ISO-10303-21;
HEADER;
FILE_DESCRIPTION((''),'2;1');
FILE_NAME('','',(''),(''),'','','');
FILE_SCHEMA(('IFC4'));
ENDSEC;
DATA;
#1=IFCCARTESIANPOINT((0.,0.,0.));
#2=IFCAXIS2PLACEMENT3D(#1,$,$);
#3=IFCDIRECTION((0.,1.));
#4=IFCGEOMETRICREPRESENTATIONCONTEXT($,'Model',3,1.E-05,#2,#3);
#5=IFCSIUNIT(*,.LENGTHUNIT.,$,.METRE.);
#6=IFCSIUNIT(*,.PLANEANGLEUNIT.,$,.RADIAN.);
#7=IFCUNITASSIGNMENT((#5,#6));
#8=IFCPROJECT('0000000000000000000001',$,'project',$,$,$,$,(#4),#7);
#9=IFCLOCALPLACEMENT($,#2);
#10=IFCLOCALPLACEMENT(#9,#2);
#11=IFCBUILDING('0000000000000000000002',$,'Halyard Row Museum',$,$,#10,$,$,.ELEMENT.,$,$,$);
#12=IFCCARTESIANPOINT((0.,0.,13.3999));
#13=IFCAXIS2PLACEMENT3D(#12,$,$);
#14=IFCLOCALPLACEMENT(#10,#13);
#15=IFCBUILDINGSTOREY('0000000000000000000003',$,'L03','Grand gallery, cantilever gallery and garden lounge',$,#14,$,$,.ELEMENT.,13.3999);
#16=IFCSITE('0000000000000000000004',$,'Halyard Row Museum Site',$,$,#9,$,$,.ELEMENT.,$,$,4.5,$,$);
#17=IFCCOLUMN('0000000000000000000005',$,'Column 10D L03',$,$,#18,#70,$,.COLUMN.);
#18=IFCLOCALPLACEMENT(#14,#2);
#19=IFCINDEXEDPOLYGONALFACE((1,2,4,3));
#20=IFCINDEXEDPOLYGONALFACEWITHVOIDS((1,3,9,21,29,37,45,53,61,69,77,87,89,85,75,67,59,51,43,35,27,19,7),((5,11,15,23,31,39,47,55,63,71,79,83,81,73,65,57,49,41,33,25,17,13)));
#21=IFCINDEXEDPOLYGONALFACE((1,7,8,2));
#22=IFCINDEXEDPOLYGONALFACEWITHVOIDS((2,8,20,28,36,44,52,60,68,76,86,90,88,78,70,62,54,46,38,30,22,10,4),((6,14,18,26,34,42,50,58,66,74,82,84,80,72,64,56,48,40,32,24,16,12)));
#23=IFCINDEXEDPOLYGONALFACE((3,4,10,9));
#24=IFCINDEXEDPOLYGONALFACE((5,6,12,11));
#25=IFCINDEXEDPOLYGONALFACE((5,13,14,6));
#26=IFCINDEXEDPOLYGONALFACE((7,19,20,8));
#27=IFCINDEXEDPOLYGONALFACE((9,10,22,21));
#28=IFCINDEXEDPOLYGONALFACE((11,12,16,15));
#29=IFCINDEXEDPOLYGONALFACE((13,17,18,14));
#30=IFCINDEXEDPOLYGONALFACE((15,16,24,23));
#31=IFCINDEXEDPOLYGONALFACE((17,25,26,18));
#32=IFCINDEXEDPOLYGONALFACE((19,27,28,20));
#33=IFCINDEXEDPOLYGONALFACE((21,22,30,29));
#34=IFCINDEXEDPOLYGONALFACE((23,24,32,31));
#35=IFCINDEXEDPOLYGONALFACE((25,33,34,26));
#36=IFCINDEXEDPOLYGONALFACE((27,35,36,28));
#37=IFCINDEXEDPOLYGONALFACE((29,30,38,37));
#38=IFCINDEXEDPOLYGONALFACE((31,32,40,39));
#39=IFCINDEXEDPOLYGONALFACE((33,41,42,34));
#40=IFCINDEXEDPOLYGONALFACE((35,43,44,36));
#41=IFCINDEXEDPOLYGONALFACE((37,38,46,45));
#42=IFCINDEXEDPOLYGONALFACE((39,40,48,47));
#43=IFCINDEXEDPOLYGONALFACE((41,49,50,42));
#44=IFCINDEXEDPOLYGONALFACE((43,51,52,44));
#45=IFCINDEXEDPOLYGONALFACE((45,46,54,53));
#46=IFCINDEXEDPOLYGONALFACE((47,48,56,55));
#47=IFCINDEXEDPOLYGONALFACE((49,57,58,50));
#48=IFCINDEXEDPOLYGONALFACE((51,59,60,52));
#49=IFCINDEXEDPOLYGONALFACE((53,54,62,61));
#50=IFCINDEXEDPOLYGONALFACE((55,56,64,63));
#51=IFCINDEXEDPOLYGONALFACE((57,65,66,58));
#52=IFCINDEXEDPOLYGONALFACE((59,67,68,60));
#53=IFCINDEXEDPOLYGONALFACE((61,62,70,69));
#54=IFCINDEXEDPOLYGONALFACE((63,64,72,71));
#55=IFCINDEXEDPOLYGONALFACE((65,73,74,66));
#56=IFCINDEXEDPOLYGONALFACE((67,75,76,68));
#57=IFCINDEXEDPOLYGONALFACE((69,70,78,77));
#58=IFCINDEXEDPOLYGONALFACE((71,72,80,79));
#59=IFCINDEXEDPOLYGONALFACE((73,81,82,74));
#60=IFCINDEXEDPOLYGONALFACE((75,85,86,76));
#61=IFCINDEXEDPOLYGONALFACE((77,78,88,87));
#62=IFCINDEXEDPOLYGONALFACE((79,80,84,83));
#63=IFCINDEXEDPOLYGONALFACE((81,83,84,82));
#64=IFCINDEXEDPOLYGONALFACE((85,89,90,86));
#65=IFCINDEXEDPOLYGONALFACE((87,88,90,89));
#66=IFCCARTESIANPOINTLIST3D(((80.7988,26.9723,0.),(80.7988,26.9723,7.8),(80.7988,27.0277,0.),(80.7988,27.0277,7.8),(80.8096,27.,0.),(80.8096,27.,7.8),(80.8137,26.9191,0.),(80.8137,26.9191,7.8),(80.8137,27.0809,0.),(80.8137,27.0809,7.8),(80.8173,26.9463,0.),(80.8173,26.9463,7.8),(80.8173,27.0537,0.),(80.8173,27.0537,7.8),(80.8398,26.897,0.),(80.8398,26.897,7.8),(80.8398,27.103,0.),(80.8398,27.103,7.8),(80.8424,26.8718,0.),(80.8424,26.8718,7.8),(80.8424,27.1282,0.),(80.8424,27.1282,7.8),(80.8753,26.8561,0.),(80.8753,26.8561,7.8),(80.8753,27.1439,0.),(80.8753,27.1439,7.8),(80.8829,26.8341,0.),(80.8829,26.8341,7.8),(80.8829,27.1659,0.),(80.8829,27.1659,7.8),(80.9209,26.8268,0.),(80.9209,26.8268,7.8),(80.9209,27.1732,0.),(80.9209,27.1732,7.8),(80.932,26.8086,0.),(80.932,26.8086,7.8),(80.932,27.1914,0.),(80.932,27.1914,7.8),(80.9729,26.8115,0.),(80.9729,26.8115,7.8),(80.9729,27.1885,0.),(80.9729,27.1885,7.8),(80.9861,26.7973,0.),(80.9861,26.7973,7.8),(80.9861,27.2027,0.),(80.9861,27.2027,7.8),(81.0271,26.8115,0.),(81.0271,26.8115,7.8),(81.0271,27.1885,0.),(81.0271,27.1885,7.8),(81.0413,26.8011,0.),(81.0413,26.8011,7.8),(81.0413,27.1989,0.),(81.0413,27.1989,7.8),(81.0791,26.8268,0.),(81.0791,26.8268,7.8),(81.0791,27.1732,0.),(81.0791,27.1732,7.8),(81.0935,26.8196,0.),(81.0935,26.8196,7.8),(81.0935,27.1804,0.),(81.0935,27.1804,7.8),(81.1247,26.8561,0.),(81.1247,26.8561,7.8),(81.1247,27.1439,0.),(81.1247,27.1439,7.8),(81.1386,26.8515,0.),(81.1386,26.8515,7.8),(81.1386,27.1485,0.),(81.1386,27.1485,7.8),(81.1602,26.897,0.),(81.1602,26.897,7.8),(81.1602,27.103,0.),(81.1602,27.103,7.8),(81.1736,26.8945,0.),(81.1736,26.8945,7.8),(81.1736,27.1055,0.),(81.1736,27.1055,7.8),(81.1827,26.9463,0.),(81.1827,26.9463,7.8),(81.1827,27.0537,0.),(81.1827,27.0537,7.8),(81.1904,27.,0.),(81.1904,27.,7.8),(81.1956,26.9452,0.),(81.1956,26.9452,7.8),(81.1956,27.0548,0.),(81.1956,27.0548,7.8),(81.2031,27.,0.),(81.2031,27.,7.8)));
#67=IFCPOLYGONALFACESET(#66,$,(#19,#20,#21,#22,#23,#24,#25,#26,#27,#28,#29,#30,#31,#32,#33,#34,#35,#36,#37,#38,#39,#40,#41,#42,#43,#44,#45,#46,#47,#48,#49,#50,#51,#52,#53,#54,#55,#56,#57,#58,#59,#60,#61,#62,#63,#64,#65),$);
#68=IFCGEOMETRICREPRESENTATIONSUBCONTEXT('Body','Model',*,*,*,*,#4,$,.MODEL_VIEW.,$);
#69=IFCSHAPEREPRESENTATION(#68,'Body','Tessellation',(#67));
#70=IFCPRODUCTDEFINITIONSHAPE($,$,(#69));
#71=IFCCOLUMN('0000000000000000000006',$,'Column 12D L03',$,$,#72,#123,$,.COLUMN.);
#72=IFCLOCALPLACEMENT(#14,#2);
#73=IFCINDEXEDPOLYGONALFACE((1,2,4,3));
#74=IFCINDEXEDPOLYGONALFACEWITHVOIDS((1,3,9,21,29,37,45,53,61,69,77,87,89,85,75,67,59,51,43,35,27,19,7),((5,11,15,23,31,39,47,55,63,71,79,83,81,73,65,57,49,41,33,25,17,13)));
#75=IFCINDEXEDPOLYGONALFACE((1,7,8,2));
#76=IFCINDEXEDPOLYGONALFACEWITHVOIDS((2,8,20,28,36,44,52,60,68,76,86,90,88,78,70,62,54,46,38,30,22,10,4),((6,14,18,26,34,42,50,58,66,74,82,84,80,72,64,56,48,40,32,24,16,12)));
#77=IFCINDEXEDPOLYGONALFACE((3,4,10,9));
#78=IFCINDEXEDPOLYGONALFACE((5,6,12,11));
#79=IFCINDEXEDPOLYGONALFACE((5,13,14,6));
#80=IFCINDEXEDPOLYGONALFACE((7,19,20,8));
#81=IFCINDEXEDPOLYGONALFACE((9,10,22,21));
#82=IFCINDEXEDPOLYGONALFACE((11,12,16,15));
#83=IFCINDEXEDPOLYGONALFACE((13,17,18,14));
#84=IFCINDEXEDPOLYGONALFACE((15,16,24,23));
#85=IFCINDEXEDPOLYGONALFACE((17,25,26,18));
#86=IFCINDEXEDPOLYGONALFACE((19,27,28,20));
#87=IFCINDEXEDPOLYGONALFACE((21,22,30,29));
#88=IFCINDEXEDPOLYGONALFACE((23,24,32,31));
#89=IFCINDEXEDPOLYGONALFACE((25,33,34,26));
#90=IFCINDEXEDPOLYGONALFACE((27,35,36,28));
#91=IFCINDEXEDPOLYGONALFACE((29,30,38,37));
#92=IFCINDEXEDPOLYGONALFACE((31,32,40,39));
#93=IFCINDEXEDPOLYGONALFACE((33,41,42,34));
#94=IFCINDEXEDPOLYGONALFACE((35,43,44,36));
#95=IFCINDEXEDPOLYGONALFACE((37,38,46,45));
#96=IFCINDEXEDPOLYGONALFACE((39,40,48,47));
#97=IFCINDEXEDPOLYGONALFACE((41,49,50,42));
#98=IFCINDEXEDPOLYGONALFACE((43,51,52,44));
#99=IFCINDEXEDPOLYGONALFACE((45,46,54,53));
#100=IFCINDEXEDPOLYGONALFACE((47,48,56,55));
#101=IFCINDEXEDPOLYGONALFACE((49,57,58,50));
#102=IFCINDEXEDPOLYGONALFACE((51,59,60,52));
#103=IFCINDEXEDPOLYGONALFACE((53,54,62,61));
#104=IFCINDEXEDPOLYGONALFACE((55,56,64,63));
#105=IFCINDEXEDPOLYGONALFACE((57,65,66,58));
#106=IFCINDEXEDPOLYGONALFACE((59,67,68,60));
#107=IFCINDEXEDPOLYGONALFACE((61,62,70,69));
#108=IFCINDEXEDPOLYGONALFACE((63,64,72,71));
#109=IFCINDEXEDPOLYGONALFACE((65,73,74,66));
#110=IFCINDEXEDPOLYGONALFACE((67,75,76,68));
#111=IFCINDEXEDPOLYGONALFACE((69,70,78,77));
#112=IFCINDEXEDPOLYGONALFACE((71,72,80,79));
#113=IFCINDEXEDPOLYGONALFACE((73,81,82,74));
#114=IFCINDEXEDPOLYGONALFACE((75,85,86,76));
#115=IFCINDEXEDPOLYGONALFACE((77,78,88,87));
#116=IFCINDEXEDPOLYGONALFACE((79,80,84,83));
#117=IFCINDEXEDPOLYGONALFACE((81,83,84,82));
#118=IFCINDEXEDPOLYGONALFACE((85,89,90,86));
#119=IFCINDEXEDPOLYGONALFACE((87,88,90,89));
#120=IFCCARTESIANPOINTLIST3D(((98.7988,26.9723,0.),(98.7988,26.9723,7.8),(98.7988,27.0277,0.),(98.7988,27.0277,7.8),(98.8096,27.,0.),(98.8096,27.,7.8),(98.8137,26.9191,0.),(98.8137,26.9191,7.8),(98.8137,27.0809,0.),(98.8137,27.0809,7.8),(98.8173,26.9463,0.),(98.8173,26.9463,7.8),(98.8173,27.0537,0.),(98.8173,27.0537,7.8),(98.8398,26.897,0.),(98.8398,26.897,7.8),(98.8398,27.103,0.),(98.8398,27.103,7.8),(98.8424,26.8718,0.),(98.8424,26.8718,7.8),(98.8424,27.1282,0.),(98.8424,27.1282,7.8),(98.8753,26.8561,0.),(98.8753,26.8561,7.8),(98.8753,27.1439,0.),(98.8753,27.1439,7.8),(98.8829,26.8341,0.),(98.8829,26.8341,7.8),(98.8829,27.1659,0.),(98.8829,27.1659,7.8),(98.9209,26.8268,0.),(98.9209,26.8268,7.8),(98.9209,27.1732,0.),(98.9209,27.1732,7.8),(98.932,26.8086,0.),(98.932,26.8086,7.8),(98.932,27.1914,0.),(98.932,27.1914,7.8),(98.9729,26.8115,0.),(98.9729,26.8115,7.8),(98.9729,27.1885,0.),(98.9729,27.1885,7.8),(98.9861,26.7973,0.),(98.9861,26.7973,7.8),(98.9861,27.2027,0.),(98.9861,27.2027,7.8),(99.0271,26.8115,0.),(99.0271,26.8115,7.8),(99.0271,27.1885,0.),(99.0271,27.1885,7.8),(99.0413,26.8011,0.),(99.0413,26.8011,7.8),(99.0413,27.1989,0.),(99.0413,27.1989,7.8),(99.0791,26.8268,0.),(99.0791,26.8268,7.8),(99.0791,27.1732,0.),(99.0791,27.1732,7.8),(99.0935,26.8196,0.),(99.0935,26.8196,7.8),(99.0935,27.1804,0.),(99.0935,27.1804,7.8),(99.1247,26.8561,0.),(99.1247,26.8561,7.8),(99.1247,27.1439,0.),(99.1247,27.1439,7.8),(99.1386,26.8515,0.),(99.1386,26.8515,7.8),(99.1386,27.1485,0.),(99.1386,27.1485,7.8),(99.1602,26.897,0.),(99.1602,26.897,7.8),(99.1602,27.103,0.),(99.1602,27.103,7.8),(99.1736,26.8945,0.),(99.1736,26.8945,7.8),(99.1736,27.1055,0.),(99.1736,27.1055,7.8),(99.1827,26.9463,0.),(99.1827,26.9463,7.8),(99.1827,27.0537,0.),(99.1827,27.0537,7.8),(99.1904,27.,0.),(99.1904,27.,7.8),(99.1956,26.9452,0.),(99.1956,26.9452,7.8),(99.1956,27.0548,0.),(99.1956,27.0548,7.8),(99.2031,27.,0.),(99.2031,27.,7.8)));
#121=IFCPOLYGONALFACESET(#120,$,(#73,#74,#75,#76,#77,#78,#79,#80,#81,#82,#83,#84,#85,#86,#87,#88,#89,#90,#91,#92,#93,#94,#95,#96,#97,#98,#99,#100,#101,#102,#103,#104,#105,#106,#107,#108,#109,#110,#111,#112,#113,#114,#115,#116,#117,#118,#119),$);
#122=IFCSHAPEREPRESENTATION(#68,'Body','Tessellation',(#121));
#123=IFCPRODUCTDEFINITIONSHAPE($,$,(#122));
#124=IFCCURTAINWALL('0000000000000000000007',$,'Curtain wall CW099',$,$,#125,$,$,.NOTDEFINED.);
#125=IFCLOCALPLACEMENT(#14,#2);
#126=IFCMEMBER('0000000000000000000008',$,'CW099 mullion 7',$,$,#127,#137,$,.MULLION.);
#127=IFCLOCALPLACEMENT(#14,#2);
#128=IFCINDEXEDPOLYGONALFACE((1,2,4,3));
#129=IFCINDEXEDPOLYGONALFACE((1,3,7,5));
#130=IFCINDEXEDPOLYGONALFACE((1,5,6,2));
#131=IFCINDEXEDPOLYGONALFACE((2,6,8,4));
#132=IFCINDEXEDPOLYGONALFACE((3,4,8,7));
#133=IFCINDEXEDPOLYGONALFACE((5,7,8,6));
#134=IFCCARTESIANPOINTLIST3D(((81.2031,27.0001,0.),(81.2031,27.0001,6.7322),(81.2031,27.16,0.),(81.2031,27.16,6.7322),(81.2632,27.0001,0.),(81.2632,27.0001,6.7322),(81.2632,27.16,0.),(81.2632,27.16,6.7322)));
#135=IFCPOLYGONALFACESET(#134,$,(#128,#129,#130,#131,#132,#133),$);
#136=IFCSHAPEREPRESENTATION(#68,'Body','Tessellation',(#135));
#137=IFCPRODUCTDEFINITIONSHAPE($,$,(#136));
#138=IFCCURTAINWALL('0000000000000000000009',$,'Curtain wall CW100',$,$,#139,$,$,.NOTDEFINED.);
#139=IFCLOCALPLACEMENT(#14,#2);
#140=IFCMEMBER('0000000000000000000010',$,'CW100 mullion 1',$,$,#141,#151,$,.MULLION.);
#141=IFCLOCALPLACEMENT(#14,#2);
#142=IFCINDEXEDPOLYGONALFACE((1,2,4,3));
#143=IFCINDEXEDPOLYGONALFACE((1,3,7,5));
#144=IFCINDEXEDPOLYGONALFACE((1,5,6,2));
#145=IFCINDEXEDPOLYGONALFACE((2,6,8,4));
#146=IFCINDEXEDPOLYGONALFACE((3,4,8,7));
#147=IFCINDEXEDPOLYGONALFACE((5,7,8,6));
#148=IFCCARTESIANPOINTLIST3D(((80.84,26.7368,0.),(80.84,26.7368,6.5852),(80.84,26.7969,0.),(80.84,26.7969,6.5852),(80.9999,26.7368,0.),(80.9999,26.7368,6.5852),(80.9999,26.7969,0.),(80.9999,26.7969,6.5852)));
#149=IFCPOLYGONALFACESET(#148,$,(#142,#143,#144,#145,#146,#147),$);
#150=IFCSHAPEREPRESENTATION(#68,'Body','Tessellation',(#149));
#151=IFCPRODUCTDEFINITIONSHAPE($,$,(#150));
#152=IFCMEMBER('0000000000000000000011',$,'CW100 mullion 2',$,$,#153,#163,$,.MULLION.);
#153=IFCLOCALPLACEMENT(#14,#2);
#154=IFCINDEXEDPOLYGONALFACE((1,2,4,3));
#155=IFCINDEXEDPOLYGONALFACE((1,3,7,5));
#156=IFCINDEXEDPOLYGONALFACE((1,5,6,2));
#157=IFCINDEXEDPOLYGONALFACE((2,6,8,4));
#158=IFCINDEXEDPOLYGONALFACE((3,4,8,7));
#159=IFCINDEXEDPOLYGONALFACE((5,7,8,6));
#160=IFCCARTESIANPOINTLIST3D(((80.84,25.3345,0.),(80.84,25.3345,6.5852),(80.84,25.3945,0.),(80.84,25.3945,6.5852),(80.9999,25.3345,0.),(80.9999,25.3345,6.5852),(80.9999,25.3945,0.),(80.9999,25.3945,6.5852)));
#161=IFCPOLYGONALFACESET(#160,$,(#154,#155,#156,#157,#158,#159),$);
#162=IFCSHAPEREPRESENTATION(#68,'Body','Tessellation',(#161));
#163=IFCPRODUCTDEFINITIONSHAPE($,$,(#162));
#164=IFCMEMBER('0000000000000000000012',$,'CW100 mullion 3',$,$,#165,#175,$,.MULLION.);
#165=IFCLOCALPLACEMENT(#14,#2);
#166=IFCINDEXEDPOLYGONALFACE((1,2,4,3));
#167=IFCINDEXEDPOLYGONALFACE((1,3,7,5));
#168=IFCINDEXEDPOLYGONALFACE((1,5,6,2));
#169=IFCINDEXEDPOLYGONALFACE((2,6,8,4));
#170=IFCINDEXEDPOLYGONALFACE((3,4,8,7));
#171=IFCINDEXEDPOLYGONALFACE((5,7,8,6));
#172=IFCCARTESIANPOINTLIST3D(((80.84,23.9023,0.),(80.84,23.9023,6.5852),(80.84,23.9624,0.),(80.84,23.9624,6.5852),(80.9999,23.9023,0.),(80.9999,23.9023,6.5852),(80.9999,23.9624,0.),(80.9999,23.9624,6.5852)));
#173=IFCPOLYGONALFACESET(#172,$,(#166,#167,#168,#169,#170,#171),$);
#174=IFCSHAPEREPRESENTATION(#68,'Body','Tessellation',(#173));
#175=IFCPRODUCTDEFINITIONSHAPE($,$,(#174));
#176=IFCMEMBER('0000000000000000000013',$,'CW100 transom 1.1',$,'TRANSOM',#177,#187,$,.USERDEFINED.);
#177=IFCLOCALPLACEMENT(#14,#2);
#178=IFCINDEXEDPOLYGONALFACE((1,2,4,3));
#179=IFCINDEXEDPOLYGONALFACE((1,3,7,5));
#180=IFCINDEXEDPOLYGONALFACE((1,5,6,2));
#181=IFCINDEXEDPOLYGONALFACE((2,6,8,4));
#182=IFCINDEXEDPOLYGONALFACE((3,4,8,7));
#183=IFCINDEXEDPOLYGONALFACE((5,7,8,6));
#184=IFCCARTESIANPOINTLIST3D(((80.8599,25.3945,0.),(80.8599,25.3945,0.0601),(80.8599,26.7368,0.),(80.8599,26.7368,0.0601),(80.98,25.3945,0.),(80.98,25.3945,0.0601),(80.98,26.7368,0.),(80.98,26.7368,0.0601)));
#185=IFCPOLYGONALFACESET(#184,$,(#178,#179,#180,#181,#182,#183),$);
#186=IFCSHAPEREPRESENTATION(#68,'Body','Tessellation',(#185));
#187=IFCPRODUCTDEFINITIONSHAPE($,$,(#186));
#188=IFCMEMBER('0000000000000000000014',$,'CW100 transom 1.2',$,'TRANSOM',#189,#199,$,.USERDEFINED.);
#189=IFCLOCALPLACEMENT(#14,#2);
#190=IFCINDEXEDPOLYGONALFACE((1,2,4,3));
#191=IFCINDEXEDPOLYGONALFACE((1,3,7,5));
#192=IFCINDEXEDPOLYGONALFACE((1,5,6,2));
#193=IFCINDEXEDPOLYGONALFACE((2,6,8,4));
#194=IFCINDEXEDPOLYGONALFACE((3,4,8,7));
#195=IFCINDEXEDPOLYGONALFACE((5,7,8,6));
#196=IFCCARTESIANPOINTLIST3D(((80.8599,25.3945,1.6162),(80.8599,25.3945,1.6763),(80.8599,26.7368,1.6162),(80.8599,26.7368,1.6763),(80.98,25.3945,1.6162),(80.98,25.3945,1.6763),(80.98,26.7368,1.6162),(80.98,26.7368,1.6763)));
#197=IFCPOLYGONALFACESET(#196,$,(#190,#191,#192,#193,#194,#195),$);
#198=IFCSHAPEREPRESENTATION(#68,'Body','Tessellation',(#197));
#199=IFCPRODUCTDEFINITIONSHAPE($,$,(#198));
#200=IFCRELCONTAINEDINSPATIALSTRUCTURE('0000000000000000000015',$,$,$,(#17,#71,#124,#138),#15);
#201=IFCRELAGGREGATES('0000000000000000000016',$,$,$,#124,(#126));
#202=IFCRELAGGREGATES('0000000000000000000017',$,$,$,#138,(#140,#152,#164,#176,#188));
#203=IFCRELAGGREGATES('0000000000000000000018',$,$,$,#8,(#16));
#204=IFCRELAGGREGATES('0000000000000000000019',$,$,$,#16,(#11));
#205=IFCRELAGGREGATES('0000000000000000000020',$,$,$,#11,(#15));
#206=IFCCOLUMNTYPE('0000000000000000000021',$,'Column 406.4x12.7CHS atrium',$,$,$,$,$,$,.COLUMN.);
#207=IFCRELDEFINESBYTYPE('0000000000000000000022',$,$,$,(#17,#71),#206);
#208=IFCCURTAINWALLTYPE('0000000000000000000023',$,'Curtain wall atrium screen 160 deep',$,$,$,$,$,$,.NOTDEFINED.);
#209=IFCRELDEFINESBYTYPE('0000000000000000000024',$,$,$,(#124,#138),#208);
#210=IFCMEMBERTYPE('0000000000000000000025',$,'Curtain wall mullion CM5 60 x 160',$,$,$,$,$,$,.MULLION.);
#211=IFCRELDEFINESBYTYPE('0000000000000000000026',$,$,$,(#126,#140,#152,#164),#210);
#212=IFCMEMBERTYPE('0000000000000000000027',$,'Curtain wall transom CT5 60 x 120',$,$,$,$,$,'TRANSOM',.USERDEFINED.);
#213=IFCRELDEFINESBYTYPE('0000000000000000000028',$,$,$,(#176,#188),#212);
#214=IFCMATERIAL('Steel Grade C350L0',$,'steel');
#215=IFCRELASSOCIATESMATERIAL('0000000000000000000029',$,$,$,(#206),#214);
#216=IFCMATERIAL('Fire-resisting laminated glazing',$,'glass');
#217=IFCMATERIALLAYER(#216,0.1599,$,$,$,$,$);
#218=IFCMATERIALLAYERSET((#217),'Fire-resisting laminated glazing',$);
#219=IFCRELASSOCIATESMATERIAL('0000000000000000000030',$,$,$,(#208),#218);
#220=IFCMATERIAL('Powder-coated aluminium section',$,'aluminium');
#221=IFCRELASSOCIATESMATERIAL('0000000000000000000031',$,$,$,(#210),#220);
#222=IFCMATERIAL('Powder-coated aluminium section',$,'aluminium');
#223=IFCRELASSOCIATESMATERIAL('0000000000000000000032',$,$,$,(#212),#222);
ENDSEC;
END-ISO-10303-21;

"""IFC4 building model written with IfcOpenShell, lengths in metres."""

from ifc_helpers import new_model, si_unit, direction, frame, origin, origin_2d, place, context, subcontext, project, spatial, rectangle, hollow_circle, extrude, material, layer, layer_set, material_profile, profile_set, type_object, element, aggregate, save


model = new_model("IFC4")

# Units and contexts
model_context = context("Model", 3, precision=1e-05, world=origin(), true_north=direction((0.0, 1.0)))
body_context = subcontext(model_context, "Body", "Model", "MODEL_VIEW")
ifc_project = project(units=[si_unit("LENGTHUNIT", "METRE"), si_unit("PLANEANGLEUNIT", "RADIAN")], contexts=[model_context])

# Site, building, storey
site_placement = place(None, origin())
site = spatial("IfcSite", under=ifc_project, at=site_placement, Name="Halyard Row Museum Site", CompositionType="ELEMENT", RefElevation=4.5)
building_placement = place(site_placement, origin())
building = spatial("IfcBuilding", under=site, at=building_placement, Name="Halyard Row Museum", CompositionType="ELEMENT")
storey_placement = place(building_placement, frame((0.0, 0.0, 13.3999)))
storey = spatial("IfcBuildingStorey", under=building, at=storey_placement, Name="L03", Description="Grand gallery, cantilever gallery and garden lounge", CompositionType="ELEMENT", Elevation=13.3999)

# Columns
ifc_material_1 = material(Name="Steel Grade C350L0", Category="steel")
ifc_material_profile_1 = material_profile(ifc_material_1, hollow_circle(Radius=0.2031, WallThickness=0.0127, at=origin_2d()), Name="406.4x12.7CHS")
ifc_profile_set_1 = profile_set([ifc_material_profile_1], Name="Steel Grade C350L0")
column_type_1 = type_object("IfcColumnType", Name="Column 406.4x12.7CHS atrium", PredefinedType="COLUMN", material=ifc_profile_set_1)
for number, where, z_axis, x_axis, name in (
    (1, (81.0, 27.0, 0.0), (0.0, 0.0, 1.0), (1.0, 0.0, 0.0), "Column 10D L03"),
    (2, (99.0, 27.0, 0.0), (0.0, 0.0, 1.0), (1.0, 0.0, 0.0), "Column 12D L03"),
):
    element("IfcColumn", number, at=place(storey_placement, frame(where, z_axis=z_axis, x_axis=x_axis)), inside=storey, type_object=column_type_1, Name=name, PredefinedType="COLUMN", context=body_context, shape_type="SweptSolid", body=[
        extrude(hollow_circle(Radius=0.2031, WallThickness=0.0127, at=origin_2d()), origin(), (0.0, 0.0, 1.0), 7.8),
    ])

# Curtain wall, member
ifc_material_2 = material(Name="Fire-resisting laminated glazing", Category="glass")
ifc_layer_1 = layer(ifc_material_2, 0.1599)
ifc_layer_set_1 = layer_set([ifc_layer_1], Name="Fire-resisting laminated glazing")
curtain_wall_type = type_object("IfcCurtainWallType", Name="Curtain wall atrium screen 160 deep", PredefinedType="NOTDEFINED", material=ifc_layer_set_1)
curtain_wall_1_placement = place(storey_placement, origin())
curtain_wall_1 = element("IfcCurtainWall", 3, at=curtain_wall_1_placement, inside=storey, type_object=curtain_wall_type, Name="Curtain wall CW099", PredefinedType="NOTDEFINED")
ifc_material_3 = material(Name="Powder-coated aluminium section", Category="aluminium")
ifc_material_profile_2 = material_profile(ifc_material_3, rectangle(XDim=0.1599, YDim=0.0601, at=origin_2d()), Name="160x60 mullion")
ifc_profile_set_2 = profile_set([ifc_material_profile_2], Name="Powder-coated aluminium section")
member_type_1 = type_object("IfcMemberType", Name="Curtain wall mullion CM5 60 x 160", PredefinedType="MULLION", material=ifc_profile_set_2)
member_1_placement = place(storey_placement, frame((81.2332, 27.0801, 0.0), z_axis=(0.0, 0.0, 1.0), x_axis=(0.0, -1.0, 0.0)))
member_1 = element("IfcMember", 4, at=member_1_placement, type_object=member_type_1, Name="CW099 mullion 7", PredefinedType="MULLION", context=body_context, shape_type="SweptSolid", body=[
    extrude(rectangle(XDim=0.1599, YDim=0.0601, at=origin_2d()), origin(), (0.0, 0.0, 1.0), 6.7322),
])
aggregate(curtain_wall_1, [member_1])

# Curtain wall, members
curtain_wall_2_placement = place(storey_placement, origin())
curtain_wall_2 = element("IfcCurtainWall", 5, at=curtain_wall_2_placement, inside=storey, type_object=curtain_wall_type, Name="Curtain wall CW100", PredefinedType="NOTDEFINED")
member_2_placement = place(storey_placement, frame((80.9199, 26.7668, 0.0), z_axis=(0.0, 0.0, 1.0), x_axis=(1.0, 0.0, 0.0)))
member_2 = element("IfcMember", 6, at=member_2_placement, type_object=member_type_1, Name="CW100 mullion 1", PredefinedType="MULLION", context=body_context, shape_type="SweptSolid", body=[
    extrude(rectangle(XDim=0.1599, YDim=0.0601, at=origin_2d()), origin(), (0.0, 0.0, 1.0), 6.5852),
])
member_3_placement = place(storey_placement, frame((80.9199, 25.3645, 0.0), z_axis=(0.0, 0.0, 1.0), x_axis=(1.0, 0.0, 0.0)))
member_3 = element("IfcMember", 7, at=member_3_placement, type_object=member_type_1, Name="CW100 mullion 2", PredefinedType="MULLION", context=body_context, shape_type="SweptSolid", body=[
    extrude(rectangle(XDim=0.1599, YDim=0.0601, at=origin_2d()), origin(), (0.0, 0.0, 1.0), 6.5852),
])
member_4_placement = place(storey_placement, frame((80.9199, 23.9324, 0.0), z_axis=(0.0, 0.0, 1.0), x_axis=(1.0, 0.0, 0.0)))
member_4 = element("IfcMember", 8, at=member_4_placement, type_object=member_type_1, Name="CW100 mullion 3", PredefinedType="MULLION", context=body_context, shape_type="SweptSolid", body=[
    extrude(rectangle(XDim=0.1599, YDim=0.0601, at=origin_2d()), origin(), (0.0, 0.0, 1.0), 6.5852),
])
ifc_material_4 = material(Name="Powder-coated aluminium section", Category="aluminium")
ifc_material_profile_3 = material_profile(ifc_material_4, rectangle(XDim=0.1201, YDim=0.0601, at=origin_2d()), Name="120x60 transom")
ifc_profile_set_3 = profile_set([ifc_material_profile_3], Name="Powder-coated aluminium section")
member_type_2 = type_object("IfcMemberType", Name="Curtain wall transom CT5 60 x 120", ElementType="TRANSOM", PredefinedType="USERDEFINED", material=ifc_profile_set_3)
member_5_placement = place(storey_placement, frame((80.9199, 26.7368, 0.03), z_axis=(0.0, -1.0, 0.0), x_axis=(1.0, 0.0, 0.0)))
member_5 = element("IfcMember", 9, at=member_5_placement, type_object=member_type_2, Name="CW100 transom 1.1", ObjectType="TRANSOM", PredefinedType="USERDEFINED", context=body_context, shape_type="SweptSolid", body=[
    extrude(rectangle(XDim=0.1201, YDim=0.0601, at=origin_2d()), origin(), (0.0, 0.0, 1.0), 1.3423),
])
member_6_placement = place(storey_placement, frame((80.9199, 26.7368, 1.6462), z_axis=(0.0, -1.0, 0.0), x_axis=(1.0, 0.0, 0.0)))
member_6 = element("IfcMember", 10, at=member_6_placement, type_object=member_type_2, Name="CW100 transom 1.2", ObjectType="TRANSOM", PredefinedType="USERDEFINED", context=body_context, shape_type="SweptSolid", body=[
    extrude(rectangle(XDim=0.1201, YDim=0.0601, at=origin_2d()), origin(), (0.0, 0.0, 1.0), 1.3423),
])

aggregate(curtain_wall_2, [member_2, member_3, member_4, member_5, member_6])

save(model, "model.ifc")
